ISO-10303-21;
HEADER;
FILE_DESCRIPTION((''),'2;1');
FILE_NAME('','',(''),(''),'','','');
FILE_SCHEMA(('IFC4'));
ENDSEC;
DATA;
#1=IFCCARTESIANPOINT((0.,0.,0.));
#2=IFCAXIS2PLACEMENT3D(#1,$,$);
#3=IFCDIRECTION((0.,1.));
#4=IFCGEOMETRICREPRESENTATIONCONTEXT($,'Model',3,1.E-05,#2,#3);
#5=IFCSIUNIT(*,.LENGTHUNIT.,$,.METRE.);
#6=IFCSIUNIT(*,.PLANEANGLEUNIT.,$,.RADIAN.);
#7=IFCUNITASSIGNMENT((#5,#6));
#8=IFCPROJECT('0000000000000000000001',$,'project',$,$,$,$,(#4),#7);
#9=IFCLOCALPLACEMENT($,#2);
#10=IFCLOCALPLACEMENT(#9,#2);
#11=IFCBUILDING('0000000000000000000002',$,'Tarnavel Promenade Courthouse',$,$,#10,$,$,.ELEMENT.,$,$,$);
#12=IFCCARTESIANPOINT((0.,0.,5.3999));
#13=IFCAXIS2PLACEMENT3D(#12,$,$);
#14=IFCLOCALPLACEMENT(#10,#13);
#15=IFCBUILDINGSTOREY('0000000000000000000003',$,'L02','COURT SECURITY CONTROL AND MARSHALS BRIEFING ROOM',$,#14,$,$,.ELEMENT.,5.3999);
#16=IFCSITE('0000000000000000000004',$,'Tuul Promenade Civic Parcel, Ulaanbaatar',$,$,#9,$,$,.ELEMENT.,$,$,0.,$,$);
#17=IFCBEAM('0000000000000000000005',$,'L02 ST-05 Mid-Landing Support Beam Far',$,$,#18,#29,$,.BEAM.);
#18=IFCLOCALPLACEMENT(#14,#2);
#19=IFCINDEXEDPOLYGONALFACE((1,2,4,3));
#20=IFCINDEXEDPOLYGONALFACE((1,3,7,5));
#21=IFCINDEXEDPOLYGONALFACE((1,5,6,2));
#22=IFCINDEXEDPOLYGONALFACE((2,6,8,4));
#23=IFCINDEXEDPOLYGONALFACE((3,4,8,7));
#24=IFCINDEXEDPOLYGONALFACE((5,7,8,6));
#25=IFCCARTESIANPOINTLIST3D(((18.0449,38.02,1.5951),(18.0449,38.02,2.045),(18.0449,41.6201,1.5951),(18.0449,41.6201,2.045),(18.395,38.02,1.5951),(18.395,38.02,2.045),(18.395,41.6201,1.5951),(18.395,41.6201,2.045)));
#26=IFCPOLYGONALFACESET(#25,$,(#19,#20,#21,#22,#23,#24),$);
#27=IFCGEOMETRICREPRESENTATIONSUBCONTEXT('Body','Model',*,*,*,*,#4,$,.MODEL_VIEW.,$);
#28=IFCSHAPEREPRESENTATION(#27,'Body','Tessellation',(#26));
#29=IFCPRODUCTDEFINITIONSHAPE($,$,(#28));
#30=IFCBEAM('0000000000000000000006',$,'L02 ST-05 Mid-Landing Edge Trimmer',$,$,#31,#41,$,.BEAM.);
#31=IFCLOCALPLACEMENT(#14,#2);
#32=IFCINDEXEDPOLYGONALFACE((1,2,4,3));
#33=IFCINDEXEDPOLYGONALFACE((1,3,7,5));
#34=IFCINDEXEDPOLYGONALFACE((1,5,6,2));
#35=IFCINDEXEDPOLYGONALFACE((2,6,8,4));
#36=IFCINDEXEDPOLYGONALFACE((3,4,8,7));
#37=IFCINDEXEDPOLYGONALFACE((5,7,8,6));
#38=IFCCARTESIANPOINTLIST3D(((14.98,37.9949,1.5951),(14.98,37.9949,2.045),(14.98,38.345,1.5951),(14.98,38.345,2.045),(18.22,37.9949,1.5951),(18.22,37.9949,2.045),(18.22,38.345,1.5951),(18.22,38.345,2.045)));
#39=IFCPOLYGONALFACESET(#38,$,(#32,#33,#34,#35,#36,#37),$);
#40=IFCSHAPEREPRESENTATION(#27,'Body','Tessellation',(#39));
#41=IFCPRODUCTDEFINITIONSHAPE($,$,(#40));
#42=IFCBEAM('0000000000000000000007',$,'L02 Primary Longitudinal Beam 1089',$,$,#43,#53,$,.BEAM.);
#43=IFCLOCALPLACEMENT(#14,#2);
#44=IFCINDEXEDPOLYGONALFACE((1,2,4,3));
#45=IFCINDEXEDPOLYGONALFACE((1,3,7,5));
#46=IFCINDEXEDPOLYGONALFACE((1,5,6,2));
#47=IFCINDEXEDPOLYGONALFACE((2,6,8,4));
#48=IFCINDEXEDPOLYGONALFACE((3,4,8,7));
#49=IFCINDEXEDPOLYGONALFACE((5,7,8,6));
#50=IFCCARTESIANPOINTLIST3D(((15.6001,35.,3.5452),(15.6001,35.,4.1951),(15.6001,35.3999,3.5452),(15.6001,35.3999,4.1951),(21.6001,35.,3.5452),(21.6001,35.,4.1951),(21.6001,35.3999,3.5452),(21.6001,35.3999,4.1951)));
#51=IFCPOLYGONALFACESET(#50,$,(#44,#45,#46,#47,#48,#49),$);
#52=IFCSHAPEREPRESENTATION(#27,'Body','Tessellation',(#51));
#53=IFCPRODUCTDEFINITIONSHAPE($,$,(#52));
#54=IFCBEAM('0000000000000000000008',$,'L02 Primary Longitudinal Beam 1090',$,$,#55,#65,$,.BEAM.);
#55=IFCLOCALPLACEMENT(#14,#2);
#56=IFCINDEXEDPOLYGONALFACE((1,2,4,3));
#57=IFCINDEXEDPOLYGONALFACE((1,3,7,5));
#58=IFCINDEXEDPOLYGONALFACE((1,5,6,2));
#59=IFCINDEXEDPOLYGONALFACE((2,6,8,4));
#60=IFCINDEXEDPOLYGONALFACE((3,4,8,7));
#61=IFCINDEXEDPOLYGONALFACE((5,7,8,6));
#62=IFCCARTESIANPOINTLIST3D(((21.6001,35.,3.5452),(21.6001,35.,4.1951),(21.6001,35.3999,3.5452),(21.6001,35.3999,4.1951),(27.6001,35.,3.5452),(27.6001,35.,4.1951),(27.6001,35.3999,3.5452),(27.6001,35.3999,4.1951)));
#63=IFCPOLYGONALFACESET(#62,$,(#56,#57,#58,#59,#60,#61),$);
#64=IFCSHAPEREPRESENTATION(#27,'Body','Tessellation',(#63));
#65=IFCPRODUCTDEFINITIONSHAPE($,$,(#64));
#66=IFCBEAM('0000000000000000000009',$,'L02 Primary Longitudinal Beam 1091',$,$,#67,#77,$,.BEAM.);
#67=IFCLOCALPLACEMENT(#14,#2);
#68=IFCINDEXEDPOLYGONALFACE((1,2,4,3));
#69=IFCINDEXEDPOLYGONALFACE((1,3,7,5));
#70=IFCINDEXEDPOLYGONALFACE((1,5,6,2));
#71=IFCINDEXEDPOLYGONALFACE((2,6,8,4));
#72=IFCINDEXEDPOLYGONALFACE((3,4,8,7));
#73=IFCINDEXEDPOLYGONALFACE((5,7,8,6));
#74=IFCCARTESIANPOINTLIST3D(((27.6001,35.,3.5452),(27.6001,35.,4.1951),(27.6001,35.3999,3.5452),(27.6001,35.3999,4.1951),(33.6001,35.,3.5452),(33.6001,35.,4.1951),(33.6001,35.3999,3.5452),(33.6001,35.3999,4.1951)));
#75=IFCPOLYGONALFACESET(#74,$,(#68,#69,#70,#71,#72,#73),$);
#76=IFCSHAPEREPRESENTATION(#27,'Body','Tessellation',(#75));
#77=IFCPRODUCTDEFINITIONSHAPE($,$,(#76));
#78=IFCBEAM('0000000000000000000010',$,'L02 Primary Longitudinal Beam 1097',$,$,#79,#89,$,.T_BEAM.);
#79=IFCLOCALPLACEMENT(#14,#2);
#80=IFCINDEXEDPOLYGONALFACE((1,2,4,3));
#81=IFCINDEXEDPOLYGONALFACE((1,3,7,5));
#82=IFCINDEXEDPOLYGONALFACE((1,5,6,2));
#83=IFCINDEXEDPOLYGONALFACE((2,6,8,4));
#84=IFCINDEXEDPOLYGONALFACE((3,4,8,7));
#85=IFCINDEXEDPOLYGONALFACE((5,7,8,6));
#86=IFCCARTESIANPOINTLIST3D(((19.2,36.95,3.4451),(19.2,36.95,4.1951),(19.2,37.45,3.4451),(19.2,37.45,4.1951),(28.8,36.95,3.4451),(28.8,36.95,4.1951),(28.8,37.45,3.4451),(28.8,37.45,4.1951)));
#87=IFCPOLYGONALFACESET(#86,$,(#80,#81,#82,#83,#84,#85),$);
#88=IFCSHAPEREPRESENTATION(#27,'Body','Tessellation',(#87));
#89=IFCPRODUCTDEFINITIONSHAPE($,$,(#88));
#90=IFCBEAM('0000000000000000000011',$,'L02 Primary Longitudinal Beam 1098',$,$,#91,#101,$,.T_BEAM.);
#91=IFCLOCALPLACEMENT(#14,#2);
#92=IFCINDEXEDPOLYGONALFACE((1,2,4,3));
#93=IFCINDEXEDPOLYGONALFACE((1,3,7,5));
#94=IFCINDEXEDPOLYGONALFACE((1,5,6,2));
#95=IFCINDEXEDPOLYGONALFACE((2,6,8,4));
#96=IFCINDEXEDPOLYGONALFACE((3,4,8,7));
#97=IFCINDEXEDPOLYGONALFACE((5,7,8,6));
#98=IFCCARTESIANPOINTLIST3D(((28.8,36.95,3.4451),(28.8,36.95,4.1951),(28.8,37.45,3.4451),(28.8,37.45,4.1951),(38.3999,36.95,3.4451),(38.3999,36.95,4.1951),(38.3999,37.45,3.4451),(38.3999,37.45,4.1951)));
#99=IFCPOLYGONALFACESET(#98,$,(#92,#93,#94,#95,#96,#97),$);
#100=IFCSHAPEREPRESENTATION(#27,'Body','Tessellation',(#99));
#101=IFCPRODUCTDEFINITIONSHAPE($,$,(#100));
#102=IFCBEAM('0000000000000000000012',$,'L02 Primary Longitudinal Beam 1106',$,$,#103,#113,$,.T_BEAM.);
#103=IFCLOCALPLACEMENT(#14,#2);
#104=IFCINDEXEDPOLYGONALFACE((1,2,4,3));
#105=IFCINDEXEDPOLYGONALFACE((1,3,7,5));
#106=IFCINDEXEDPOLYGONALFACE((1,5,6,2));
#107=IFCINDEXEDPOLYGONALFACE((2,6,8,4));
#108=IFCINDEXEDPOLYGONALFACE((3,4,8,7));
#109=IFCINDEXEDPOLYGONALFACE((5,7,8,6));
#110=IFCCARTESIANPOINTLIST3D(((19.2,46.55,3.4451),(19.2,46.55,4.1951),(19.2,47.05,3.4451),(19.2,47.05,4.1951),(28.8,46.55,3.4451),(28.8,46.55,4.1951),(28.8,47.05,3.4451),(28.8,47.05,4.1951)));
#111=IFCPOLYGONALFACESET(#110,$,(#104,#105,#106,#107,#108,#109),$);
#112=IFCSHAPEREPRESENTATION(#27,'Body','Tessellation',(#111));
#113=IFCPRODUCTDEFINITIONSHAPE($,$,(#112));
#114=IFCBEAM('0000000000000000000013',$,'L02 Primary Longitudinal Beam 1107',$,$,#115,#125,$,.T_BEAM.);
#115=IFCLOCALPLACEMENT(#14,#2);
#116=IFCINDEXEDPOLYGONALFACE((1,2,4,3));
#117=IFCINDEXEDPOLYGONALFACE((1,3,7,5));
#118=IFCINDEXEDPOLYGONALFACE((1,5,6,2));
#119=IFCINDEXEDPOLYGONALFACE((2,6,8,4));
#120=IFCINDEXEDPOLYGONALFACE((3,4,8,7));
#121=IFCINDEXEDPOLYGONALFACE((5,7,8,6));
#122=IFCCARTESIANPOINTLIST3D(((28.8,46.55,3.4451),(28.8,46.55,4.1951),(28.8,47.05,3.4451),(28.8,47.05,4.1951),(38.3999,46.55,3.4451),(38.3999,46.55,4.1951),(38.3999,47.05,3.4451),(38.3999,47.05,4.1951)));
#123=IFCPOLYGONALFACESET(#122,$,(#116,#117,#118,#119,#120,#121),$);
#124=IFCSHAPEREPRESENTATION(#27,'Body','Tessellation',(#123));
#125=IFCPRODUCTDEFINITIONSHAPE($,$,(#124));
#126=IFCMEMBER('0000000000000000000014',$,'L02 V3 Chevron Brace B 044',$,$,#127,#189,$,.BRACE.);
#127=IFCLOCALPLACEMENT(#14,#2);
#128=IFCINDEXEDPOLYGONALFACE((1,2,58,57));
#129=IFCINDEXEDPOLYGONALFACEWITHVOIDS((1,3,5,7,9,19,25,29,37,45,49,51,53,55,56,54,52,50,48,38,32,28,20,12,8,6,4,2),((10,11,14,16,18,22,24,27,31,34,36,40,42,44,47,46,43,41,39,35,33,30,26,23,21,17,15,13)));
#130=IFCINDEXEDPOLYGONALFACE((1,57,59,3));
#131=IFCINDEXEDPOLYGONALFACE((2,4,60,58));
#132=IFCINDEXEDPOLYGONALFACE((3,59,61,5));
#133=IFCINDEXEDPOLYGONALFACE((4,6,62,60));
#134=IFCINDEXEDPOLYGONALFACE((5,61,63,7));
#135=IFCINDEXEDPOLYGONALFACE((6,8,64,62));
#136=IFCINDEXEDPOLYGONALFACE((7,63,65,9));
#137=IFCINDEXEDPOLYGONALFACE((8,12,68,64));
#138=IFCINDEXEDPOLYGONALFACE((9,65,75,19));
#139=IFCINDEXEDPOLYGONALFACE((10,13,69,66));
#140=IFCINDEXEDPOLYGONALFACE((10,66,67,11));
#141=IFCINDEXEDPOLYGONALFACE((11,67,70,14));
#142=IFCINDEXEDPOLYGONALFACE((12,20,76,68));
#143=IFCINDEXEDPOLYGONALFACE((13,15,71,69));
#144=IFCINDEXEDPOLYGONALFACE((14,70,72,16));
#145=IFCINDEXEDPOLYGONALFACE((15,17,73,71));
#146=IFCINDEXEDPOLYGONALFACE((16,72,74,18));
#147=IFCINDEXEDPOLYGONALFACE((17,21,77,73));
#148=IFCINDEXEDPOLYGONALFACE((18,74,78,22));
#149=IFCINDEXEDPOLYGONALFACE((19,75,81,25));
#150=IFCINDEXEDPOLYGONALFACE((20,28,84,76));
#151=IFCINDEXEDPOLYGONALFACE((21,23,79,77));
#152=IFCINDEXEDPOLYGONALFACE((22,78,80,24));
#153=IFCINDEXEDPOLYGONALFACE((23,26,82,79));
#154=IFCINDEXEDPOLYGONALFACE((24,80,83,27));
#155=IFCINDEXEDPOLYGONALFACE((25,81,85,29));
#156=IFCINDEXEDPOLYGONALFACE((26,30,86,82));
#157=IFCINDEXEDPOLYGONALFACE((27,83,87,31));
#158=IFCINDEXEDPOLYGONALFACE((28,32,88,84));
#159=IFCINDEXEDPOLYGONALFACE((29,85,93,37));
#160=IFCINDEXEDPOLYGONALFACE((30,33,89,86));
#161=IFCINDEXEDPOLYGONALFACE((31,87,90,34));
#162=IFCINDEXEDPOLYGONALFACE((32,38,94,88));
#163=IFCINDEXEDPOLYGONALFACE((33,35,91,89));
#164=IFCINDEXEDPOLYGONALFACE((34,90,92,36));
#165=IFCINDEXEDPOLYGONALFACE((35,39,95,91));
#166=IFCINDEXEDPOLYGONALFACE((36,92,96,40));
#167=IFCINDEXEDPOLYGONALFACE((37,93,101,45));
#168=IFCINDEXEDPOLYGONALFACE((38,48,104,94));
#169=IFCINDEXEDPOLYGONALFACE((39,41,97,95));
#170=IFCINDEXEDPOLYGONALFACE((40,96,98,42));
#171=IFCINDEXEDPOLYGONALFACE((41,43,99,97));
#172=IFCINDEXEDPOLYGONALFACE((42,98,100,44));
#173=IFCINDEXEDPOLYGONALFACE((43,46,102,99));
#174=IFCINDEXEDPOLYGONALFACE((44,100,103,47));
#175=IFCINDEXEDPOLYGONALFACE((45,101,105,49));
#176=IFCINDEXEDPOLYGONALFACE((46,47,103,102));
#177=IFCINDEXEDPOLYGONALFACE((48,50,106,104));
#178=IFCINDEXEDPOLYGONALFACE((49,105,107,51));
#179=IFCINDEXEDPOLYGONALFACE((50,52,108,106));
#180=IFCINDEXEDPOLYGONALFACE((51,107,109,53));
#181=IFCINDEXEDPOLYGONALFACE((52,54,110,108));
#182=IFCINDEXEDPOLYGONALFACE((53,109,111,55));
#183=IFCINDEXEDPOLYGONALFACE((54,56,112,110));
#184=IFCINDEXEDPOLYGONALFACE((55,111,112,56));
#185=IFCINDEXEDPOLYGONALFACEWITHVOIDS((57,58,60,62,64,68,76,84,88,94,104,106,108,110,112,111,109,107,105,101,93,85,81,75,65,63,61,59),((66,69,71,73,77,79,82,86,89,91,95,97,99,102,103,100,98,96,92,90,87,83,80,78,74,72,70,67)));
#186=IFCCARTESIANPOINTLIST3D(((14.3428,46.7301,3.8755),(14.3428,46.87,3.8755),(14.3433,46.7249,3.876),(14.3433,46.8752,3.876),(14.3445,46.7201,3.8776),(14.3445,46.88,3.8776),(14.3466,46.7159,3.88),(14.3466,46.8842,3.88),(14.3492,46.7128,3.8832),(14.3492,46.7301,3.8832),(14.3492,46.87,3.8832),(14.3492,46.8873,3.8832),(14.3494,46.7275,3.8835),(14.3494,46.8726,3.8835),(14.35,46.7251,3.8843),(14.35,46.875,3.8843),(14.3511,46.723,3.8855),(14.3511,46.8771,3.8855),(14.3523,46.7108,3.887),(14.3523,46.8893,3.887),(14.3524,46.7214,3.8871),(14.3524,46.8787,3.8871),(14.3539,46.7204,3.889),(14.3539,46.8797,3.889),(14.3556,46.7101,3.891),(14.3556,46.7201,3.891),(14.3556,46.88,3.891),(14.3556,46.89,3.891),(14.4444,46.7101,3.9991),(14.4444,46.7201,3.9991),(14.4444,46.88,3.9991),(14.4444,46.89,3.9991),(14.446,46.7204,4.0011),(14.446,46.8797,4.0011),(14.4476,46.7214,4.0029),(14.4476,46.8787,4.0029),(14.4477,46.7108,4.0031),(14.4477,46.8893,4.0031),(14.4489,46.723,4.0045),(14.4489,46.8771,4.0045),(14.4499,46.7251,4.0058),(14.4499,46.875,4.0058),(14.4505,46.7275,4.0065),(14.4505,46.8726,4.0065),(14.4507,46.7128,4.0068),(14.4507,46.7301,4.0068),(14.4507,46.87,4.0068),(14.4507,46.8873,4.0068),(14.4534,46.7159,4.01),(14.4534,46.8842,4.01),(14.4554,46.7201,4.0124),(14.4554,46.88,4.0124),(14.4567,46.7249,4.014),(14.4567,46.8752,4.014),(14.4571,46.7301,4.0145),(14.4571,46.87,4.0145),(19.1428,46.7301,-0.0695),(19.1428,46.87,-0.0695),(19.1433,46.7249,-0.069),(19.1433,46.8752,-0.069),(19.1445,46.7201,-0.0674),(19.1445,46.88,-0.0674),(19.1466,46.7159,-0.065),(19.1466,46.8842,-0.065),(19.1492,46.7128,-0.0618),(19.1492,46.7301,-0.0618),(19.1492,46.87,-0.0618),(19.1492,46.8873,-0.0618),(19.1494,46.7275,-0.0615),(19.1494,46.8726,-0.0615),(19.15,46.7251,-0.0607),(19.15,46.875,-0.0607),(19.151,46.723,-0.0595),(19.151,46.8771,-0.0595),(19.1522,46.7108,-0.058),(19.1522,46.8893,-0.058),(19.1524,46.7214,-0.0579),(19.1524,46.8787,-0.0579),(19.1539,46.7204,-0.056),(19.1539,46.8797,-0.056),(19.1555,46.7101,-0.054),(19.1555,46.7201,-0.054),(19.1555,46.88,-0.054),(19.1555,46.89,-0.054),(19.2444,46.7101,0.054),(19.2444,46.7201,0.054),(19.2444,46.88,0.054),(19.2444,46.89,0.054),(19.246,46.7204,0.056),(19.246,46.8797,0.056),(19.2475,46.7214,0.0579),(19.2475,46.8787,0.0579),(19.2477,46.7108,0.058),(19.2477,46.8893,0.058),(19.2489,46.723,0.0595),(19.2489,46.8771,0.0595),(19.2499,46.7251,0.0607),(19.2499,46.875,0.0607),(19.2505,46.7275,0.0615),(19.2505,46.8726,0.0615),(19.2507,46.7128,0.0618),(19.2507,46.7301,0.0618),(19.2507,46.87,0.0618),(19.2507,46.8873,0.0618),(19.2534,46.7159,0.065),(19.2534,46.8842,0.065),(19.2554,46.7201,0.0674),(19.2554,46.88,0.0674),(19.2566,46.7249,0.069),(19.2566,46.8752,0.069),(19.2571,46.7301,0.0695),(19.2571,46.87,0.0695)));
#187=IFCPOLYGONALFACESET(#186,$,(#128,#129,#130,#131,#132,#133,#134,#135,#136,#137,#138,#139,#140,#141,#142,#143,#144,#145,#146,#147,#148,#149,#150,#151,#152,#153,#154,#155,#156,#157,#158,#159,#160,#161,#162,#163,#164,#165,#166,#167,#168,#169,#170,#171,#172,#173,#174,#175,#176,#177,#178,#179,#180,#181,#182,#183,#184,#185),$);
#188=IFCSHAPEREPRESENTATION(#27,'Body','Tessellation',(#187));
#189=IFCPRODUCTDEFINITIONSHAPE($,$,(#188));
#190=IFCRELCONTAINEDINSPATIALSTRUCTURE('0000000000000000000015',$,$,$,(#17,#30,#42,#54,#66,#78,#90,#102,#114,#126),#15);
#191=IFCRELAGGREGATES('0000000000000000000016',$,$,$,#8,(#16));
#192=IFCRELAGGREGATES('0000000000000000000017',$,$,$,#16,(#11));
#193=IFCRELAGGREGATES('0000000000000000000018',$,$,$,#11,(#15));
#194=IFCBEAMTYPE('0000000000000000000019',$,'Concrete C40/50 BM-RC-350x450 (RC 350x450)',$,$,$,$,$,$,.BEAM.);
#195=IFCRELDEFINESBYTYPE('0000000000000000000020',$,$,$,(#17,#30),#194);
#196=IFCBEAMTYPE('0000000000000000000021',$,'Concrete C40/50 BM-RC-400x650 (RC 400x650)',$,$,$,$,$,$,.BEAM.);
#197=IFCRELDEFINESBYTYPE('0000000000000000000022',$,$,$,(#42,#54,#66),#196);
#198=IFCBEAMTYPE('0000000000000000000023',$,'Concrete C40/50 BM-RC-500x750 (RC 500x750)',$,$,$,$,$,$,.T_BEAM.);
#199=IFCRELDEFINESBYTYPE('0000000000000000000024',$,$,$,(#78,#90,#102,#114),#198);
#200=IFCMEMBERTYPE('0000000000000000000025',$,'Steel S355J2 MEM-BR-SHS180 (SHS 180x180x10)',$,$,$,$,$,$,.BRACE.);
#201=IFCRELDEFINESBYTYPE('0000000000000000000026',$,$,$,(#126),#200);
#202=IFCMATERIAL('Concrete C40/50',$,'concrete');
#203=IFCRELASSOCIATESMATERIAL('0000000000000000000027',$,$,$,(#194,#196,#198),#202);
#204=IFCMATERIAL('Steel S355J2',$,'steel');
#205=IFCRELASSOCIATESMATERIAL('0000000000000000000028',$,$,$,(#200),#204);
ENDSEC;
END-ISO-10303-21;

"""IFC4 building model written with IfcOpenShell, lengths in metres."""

from ifc_helpers import new_model, si_unit, direction, frame, origin, origin_2d, place, context, subcontext, project, spatial, rectangle, hollow_rectangle, extrude, material, material_profile, profile_set, type_object, element, save


model = new_model("IFC4")

# Units and contexts
model_context = context("Model", 3, precision=1e-05, world=origin(), true_north=direction((0.0, 1.0)))
body_context = subcontext(model_context, "Body", "Model", "MODEL_VIEW")
ifc_project = project(units=[si_unit("LENGTHUNIT", "METRE"), si_unit("PLANEANGLEUNIT", "RADIAN")], contexts=[model_context])

# Site, building, storey
site_placement = place(None, origin())
site = spatial("IfcSite", under=ifc_project, at=site_placement, Name="Tuul Promenade Civic Parcel, Ulaanbaatar", CompositionType="ELEMENT", RefElevation=0.0)
building_placement = place(site_placement, origin())
building = spatial("IfcBuilding", under=site, at=building_placement, Name="Tarnavel Promenade Courthouse", CompositionType="ELEMENT")
storey_placement = place(building_placement, frame((0.0, 0.0, 5.3999)))
storey = spatial("IfcBuildingStorey", under=building, at=storey_placement, Name="L02", Description="COURT SECURITY CONTROL AND MARSHALS BRIEFING ROOM", CompositionType="ELEMENT", Elevation=5.3999)

# Shared definitions
ifc_material_1 = material(Name="Concrete C40/50", Category="concrete")

# Beams
ifc_material_profile_1 = material_profile(ifc_material_1, rectangle(XDim=0.3501, YDim=0.45, at=origin_2d()), Name="RC 350x450")
ifc_profile_set_1 = profile_set([ifc_material_profile_1], Name="Concrete C40/50")
beam_type_1 = type_object("IfcBeamType", Name="Concrete C40/50 BM-RC-350x450 (RC 350x450)", PredefinedType="BEAM", material=ifc_profile_set_1)
for number, where, z_axis, x_axis, name in (
    (1, (18.22, 38.02, 1.8201), (0.0, 1.0, 0.0), (-1.0, 0.0, 0.0), "L02 ST-05 Mid-Landing Support Beam Far"),
):
    element("IfcBeam", number, at=place(storey_placement, frame(where, z_axis=z_axis, x_axis=x_axis)), inside=storey, type_object=beam_type_1, Name=name, PredefinedType="BEAM", context=body_context, shape_type="SweptSolid", body=[
        extrude(rectangle(XDim=0.3501, YDim=0.45, at=origin_2d()), origin(), (0.0, 0.0, 1.0), 3.6001),
    ])
beam_1_placement = place(storey_placement, frame((14.98, 38.1699, 1.8201), z_axis=(1.0, 0.0, 0.0), x_axis=(0.0, 1.0, 0.0)))
element("IfcBeam", 2, at=beam_1_placement, inside=storey, type_object=beam_type_1, Name="L02 ST-05 Mid-Landing Edge Trimmer", PredefinedType="BEAM", context=body_context, shape_type="SweptSolid", body=[
    extrude(rectangle(XDim=0.3501, YDim=0.45, at=origin_2d()), origin(), (0.0, 0.0, 1.0), 3.24),
])
ifc_material_profile_2 = material_profile(ifc_material_1, rectangle(XDim=0.3999, YDim=0.6499, at=origin_2d()), Name="RC 400x650")
ifc_profile_set_2 = profile_set([ifc_material_profile_2], Name="Concrete C40/50")
beam_type_2 = type_object("IfcBeamType", Name="Concrete C40/50 BM-RC-400x650 (RC 400x650)", PredefinedType="BEAM", material=ifc_profile_set_2)
for number, where, z_axis, x_axis, name in (
    (3, (15.6001, 35.2, 3.8701), (1.0, 0.0, 0.0), (0.0, 1.0, 0.0), "L02 Primary Longitudinal Beam 1089"),
    (4, (21.6001, 35.2, 3.8701), (1.0, 0.0, 0.0), (0.0, 1.0, 0.0), "L02 Primary Longitudinal Beam 1090"),
    (5, (27.6001, 35.2, 3.8701), (1.0, 0.0, 0.0), (0.0, 1.0, 0.0), "L02 Primary Longitudinal Beam 1091"),
):
    element("IfcBeam", number, at=place(storey_placement, frame(where, z_axis=z_axis, x_axis=x_axis)), inside=storey, type_object=beam_type_2, Name=name, PredefinedType="BEAM", context=body_context, shape_type="SweptSolid", body=[
        extrude(rectangle(XDim=0.3999, YDim=0.6499, at=origin_2d()), origin(), (0.0, 0.0, 1.0), 6.0),
    ])
ifc_material_profile_3 = material_profile(ifc_material_1, rectangle(XDim=0.5, YDim=0.75, at=origin_2d()), Name="RC 500x750")
ifc_profile_set_3 = profile_set([ifc_material_profile_3], Name="Concrete C40/50")
beam_type_3 = type_object("IfcBeamType", Name="Concrete C40/50 BM-RC-500x750 (RC 500x750)", PredefinedType="T_BEAM", material=ifc_profile_set_3)
beam_2_placement = place(storey_placement, frame((19.2, 37.2, 3.8201), z_axis=(1.0, 0.0, 0.0), x_axis=(0.0, 1.0, 0.0)))
element("IfcBeam", 6, at=beam_2_placement, inside=storey, type_object=beam_type_3, Name="L02 Primary Longitudinal Beam 1097", PredefinedType="T_BEAM", context=body_context, shape_type="SweptSolid", body=[
    extrude(rectangle(XDim=0.5, YDim=0.75, at=origin_2d()), origin(), (0.0, 0.0, 1.0), 9.6001),
])
beam_3_placement = place(storey_placement, frame((28.8, 37.2, 3.8201), z_axis=(1.0, 0.0, 0.0), x_axis=(0.0, 1.0, 0.0)))
element("IfcBeam", 7, at=beam_3_placement, inside=storey, type_object=beam_type_3, Name="L02 Primary Longitudinal Beam 1098", PredefinedType="T_BEAM", context=body_context, shape_type="SweptSolid", body=[
    extrude(rectangle(XDim=0.5, YDim=0.75, at=origin_2d()), origin(), (0.0, 0.0, 1.0), 9.5999),
])
beam_4_placement = place(storey_placement, frame((19.2, 46.8, 3.8201), z_axis=(1.0, 0.0, 0.0), x_axis=(0.0, 1.0, 0.0)))
element("IfcBeam", 8, at=beam_4_placement, inside=storey, type_object=beam_type_3, Name="L02 Primary Longitudinal Beam 1106", PredefinedType="T_BEAM", context=body_context, shape_type="SweptSolid", body=[
    extrude(rectangle(XDim=0.5, YDim=0.75, at=origin_2d()), origin(), (0.0, 0.0, 1.0), 9.6001),
])
beam_5_placement = place(storey_placement, frame((28.8, 46.8, 3.8201), z_axis=(1.0, 0.0, 0.0), x_axis=(0.0, 1.0, 0.0)))
element("IfcBeam", 9, at=beam_5_placement, inside=storey, type_object=beam_type_3, Name="L02 Primary Longitudinal Beam 1107", PredefinedType="T_BEAM", context=body_context, shape_type="SweptSolid", body=[
    extrude(rectangle(XDim=0.5, YDim=0.75, at=origin_2d()), origin(), (0.0, 0.0, 1.0), 9.5999),
])

# Member
ifc_material_2 = material(Name="Steel S355J2", Category="steel")
ifc_material_profile_4 = material_profile(ifc_material_2, hollow_rectangle(XDim=0.1799, YDim=0.1799, WallThickness=0.01, InnerFilletRadius=0.01, OuterFilletRadius=0.02, at=origin_2d()), Name="SHS 180x180x10")
ifc_profile_set_4 = profile_set([ifc_material_profile_4], Name="Steel S355J2")
member_type = type_object("IfcMemberType", Name="Steel S355J2 MEM-BR-SHS180 (SHS 180x180x10)", PredefinedType="BRACE", material=ifc_profile_set_4)
member_placement = place(storey_placement, frame((19.2, 46.8, 0.0), z_axis=(-0.772555, 0.0, 0.634948), x_axis=(0.0, -1.0, 0.0)))
element("IfcMember", 10, at=member_placement, inside=storey, type_object=member_type, Name="L02 V3 Chevron Brace B 044", PredefinedType="BRACE", context=body_context, shape_type="SweptSolid", body=[
    extrude(hollow_rectangle(XDim=0.1799, YDim=0.1799, WallThickness=0.01, InnerFilletRadius=0.01, OuterFilletRadius=0.02, at=origin_2d()), origin(), (0.0, 0.0, 1.0), 6.2131),
])

save(model, "model.ifc")
